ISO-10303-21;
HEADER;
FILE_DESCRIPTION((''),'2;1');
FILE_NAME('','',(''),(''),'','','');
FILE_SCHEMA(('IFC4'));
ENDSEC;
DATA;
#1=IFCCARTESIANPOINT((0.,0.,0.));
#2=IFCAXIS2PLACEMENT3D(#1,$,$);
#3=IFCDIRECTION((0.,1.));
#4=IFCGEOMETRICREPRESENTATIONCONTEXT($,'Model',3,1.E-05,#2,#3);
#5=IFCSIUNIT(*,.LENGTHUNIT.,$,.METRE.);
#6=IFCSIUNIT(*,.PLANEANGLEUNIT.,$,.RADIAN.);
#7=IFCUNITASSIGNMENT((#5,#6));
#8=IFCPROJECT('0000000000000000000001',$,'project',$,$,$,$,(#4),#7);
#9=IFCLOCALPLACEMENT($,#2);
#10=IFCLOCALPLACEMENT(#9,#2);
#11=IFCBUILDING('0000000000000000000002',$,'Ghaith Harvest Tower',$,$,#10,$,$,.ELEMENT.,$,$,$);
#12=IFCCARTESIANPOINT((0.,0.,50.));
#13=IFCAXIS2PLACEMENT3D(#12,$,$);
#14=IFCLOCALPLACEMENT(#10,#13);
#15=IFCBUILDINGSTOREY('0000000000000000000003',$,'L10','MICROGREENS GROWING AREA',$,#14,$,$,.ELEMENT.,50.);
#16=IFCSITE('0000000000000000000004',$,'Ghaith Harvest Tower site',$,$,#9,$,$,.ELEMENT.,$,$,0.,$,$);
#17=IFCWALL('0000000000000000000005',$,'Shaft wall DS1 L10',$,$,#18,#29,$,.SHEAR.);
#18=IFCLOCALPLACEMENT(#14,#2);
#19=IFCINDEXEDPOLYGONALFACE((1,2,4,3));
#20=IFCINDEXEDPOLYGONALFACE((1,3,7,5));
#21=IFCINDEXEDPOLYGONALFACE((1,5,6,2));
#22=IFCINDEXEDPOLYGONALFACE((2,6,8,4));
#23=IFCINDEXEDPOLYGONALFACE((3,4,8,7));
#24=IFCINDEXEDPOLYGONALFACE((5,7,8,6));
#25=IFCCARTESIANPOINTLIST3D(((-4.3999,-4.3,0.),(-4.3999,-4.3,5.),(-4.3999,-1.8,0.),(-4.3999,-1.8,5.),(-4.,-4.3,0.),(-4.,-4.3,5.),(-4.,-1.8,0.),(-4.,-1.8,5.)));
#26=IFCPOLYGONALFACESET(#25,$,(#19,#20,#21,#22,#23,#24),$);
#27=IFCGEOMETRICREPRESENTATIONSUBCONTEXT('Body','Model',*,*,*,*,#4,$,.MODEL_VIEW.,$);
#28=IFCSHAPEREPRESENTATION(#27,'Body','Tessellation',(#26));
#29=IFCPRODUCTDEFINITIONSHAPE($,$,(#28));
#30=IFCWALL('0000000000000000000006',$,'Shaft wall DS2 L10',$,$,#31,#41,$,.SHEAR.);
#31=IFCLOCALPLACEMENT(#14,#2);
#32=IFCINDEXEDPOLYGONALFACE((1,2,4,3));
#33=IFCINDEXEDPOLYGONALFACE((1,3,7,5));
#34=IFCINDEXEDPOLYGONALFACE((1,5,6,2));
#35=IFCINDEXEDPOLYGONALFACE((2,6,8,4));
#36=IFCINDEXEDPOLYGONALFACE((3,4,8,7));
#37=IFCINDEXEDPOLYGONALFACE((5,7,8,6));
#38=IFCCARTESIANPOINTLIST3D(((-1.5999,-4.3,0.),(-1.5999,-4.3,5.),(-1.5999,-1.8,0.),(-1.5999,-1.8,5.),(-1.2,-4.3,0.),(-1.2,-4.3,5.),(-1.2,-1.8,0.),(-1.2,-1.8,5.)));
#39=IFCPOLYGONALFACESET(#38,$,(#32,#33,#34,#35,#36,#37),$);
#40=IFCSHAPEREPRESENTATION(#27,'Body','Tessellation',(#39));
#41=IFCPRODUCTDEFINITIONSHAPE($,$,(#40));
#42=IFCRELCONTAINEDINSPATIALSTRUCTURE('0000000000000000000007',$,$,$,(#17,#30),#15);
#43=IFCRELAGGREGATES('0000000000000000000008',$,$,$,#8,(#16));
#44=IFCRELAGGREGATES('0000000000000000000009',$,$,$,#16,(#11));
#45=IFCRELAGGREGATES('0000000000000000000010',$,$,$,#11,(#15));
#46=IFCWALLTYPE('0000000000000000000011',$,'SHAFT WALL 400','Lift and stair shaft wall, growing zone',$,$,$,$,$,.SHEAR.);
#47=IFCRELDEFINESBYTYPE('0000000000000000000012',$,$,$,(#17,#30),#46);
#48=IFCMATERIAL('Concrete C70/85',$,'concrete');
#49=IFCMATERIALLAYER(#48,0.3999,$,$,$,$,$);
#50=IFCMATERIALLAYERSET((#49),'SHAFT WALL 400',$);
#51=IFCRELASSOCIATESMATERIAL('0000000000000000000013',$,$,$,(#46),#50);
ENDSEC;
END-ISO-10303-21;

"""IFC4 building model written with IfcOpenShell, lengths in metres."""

from ifc_helpers import new_model, si_unit, direction, frame, frame_2d, origin, place, context, subcontext, project, spatial, rectangle, extrude, material, layer, layer_set, type_object, element, save


model = new_model("IFC4")

# Units and contexts
model_context = context("Model", 3, precision=1e-05, world=origin(), true_north=direction((0.0, 1.0)))
body_context = subcontext(model_context, "Body", "Model", "MODEL_VIEW")
ifc_project = project(units=[si_unit("LENGTHUNIT", "METRE"), si_unit("PLANEANGLEUNIT", "RADIAN")], contexts=[model_context])

# Site, building, storey
site_placement = place(None, origin())
site = spatial("IfcSite", under=ifc_project, at=site_placement, Name="Ghaith Harvest Tower site", CompositionType="ELEMENT", RefElevation=0.0)
building_placement = place(site_placement, origin())
building = spatial("IfcBuilding", under=site, at=building_placement, Name="Ghaith Harvest Tower", CompositionType="ELEMENT")
storey_placement = place(building_placement, frame((0.0, 0.0, 50.0)))
storey = spatial("IfcBuildingStorey", under=building, at=storey_placement, Name="L10", Description="MICROGREENS GROWING AREA", CompositionType="ELEMENT", Elevation=50.0)

# Shared definitions
ifc_material_1 = material(Name="Concrete C70/85", Category="concrete")
ifc_layer_1 = layer(ifc_material_1, 0.3999)
ifc_layer_set_1 = layer_set([ifc_layer_1], Name="SHAFT WALL 400")
wall_type_1 = type_object("IfcWallType", Name="SHAFT WALL 400", Description="Lift and stair shaft wall, growing zone", PredefinedType="SHEAR", material=ifc_layer_set_1)

# Walls
for number, where, z_axis, x_axis, name in (
    (1, (-4.2, -4.3, 0.0), (0.0, 0.0, 1.0), (0.0, 1.0, 0.0), "Shaft wall DS1 L10"),
    (2, (-1.3999, -4.3, 0.0), (0.0, 0.0, 1.0), (0.0, 1.0, 0.0), "Shaft wall DS2 L10"),
):
    element("IfcWall", number, at=place(storey_placement, frame(where, z_axis=z_axis, x_axis=x_axis)), inside=storey, type_object=wall_type_1, Name=name, PredefinedType="SHEAR", context=body_context, shape_type="SweptSolid", body=[
        extrude(rectangle(XDim=2.5, YDim=0.3999, at=frame_2d((1.25, 0.0))), origin(), (0.0, 0.0, 1.0), 5.0),
    ])

save(model, "model.ifc")
